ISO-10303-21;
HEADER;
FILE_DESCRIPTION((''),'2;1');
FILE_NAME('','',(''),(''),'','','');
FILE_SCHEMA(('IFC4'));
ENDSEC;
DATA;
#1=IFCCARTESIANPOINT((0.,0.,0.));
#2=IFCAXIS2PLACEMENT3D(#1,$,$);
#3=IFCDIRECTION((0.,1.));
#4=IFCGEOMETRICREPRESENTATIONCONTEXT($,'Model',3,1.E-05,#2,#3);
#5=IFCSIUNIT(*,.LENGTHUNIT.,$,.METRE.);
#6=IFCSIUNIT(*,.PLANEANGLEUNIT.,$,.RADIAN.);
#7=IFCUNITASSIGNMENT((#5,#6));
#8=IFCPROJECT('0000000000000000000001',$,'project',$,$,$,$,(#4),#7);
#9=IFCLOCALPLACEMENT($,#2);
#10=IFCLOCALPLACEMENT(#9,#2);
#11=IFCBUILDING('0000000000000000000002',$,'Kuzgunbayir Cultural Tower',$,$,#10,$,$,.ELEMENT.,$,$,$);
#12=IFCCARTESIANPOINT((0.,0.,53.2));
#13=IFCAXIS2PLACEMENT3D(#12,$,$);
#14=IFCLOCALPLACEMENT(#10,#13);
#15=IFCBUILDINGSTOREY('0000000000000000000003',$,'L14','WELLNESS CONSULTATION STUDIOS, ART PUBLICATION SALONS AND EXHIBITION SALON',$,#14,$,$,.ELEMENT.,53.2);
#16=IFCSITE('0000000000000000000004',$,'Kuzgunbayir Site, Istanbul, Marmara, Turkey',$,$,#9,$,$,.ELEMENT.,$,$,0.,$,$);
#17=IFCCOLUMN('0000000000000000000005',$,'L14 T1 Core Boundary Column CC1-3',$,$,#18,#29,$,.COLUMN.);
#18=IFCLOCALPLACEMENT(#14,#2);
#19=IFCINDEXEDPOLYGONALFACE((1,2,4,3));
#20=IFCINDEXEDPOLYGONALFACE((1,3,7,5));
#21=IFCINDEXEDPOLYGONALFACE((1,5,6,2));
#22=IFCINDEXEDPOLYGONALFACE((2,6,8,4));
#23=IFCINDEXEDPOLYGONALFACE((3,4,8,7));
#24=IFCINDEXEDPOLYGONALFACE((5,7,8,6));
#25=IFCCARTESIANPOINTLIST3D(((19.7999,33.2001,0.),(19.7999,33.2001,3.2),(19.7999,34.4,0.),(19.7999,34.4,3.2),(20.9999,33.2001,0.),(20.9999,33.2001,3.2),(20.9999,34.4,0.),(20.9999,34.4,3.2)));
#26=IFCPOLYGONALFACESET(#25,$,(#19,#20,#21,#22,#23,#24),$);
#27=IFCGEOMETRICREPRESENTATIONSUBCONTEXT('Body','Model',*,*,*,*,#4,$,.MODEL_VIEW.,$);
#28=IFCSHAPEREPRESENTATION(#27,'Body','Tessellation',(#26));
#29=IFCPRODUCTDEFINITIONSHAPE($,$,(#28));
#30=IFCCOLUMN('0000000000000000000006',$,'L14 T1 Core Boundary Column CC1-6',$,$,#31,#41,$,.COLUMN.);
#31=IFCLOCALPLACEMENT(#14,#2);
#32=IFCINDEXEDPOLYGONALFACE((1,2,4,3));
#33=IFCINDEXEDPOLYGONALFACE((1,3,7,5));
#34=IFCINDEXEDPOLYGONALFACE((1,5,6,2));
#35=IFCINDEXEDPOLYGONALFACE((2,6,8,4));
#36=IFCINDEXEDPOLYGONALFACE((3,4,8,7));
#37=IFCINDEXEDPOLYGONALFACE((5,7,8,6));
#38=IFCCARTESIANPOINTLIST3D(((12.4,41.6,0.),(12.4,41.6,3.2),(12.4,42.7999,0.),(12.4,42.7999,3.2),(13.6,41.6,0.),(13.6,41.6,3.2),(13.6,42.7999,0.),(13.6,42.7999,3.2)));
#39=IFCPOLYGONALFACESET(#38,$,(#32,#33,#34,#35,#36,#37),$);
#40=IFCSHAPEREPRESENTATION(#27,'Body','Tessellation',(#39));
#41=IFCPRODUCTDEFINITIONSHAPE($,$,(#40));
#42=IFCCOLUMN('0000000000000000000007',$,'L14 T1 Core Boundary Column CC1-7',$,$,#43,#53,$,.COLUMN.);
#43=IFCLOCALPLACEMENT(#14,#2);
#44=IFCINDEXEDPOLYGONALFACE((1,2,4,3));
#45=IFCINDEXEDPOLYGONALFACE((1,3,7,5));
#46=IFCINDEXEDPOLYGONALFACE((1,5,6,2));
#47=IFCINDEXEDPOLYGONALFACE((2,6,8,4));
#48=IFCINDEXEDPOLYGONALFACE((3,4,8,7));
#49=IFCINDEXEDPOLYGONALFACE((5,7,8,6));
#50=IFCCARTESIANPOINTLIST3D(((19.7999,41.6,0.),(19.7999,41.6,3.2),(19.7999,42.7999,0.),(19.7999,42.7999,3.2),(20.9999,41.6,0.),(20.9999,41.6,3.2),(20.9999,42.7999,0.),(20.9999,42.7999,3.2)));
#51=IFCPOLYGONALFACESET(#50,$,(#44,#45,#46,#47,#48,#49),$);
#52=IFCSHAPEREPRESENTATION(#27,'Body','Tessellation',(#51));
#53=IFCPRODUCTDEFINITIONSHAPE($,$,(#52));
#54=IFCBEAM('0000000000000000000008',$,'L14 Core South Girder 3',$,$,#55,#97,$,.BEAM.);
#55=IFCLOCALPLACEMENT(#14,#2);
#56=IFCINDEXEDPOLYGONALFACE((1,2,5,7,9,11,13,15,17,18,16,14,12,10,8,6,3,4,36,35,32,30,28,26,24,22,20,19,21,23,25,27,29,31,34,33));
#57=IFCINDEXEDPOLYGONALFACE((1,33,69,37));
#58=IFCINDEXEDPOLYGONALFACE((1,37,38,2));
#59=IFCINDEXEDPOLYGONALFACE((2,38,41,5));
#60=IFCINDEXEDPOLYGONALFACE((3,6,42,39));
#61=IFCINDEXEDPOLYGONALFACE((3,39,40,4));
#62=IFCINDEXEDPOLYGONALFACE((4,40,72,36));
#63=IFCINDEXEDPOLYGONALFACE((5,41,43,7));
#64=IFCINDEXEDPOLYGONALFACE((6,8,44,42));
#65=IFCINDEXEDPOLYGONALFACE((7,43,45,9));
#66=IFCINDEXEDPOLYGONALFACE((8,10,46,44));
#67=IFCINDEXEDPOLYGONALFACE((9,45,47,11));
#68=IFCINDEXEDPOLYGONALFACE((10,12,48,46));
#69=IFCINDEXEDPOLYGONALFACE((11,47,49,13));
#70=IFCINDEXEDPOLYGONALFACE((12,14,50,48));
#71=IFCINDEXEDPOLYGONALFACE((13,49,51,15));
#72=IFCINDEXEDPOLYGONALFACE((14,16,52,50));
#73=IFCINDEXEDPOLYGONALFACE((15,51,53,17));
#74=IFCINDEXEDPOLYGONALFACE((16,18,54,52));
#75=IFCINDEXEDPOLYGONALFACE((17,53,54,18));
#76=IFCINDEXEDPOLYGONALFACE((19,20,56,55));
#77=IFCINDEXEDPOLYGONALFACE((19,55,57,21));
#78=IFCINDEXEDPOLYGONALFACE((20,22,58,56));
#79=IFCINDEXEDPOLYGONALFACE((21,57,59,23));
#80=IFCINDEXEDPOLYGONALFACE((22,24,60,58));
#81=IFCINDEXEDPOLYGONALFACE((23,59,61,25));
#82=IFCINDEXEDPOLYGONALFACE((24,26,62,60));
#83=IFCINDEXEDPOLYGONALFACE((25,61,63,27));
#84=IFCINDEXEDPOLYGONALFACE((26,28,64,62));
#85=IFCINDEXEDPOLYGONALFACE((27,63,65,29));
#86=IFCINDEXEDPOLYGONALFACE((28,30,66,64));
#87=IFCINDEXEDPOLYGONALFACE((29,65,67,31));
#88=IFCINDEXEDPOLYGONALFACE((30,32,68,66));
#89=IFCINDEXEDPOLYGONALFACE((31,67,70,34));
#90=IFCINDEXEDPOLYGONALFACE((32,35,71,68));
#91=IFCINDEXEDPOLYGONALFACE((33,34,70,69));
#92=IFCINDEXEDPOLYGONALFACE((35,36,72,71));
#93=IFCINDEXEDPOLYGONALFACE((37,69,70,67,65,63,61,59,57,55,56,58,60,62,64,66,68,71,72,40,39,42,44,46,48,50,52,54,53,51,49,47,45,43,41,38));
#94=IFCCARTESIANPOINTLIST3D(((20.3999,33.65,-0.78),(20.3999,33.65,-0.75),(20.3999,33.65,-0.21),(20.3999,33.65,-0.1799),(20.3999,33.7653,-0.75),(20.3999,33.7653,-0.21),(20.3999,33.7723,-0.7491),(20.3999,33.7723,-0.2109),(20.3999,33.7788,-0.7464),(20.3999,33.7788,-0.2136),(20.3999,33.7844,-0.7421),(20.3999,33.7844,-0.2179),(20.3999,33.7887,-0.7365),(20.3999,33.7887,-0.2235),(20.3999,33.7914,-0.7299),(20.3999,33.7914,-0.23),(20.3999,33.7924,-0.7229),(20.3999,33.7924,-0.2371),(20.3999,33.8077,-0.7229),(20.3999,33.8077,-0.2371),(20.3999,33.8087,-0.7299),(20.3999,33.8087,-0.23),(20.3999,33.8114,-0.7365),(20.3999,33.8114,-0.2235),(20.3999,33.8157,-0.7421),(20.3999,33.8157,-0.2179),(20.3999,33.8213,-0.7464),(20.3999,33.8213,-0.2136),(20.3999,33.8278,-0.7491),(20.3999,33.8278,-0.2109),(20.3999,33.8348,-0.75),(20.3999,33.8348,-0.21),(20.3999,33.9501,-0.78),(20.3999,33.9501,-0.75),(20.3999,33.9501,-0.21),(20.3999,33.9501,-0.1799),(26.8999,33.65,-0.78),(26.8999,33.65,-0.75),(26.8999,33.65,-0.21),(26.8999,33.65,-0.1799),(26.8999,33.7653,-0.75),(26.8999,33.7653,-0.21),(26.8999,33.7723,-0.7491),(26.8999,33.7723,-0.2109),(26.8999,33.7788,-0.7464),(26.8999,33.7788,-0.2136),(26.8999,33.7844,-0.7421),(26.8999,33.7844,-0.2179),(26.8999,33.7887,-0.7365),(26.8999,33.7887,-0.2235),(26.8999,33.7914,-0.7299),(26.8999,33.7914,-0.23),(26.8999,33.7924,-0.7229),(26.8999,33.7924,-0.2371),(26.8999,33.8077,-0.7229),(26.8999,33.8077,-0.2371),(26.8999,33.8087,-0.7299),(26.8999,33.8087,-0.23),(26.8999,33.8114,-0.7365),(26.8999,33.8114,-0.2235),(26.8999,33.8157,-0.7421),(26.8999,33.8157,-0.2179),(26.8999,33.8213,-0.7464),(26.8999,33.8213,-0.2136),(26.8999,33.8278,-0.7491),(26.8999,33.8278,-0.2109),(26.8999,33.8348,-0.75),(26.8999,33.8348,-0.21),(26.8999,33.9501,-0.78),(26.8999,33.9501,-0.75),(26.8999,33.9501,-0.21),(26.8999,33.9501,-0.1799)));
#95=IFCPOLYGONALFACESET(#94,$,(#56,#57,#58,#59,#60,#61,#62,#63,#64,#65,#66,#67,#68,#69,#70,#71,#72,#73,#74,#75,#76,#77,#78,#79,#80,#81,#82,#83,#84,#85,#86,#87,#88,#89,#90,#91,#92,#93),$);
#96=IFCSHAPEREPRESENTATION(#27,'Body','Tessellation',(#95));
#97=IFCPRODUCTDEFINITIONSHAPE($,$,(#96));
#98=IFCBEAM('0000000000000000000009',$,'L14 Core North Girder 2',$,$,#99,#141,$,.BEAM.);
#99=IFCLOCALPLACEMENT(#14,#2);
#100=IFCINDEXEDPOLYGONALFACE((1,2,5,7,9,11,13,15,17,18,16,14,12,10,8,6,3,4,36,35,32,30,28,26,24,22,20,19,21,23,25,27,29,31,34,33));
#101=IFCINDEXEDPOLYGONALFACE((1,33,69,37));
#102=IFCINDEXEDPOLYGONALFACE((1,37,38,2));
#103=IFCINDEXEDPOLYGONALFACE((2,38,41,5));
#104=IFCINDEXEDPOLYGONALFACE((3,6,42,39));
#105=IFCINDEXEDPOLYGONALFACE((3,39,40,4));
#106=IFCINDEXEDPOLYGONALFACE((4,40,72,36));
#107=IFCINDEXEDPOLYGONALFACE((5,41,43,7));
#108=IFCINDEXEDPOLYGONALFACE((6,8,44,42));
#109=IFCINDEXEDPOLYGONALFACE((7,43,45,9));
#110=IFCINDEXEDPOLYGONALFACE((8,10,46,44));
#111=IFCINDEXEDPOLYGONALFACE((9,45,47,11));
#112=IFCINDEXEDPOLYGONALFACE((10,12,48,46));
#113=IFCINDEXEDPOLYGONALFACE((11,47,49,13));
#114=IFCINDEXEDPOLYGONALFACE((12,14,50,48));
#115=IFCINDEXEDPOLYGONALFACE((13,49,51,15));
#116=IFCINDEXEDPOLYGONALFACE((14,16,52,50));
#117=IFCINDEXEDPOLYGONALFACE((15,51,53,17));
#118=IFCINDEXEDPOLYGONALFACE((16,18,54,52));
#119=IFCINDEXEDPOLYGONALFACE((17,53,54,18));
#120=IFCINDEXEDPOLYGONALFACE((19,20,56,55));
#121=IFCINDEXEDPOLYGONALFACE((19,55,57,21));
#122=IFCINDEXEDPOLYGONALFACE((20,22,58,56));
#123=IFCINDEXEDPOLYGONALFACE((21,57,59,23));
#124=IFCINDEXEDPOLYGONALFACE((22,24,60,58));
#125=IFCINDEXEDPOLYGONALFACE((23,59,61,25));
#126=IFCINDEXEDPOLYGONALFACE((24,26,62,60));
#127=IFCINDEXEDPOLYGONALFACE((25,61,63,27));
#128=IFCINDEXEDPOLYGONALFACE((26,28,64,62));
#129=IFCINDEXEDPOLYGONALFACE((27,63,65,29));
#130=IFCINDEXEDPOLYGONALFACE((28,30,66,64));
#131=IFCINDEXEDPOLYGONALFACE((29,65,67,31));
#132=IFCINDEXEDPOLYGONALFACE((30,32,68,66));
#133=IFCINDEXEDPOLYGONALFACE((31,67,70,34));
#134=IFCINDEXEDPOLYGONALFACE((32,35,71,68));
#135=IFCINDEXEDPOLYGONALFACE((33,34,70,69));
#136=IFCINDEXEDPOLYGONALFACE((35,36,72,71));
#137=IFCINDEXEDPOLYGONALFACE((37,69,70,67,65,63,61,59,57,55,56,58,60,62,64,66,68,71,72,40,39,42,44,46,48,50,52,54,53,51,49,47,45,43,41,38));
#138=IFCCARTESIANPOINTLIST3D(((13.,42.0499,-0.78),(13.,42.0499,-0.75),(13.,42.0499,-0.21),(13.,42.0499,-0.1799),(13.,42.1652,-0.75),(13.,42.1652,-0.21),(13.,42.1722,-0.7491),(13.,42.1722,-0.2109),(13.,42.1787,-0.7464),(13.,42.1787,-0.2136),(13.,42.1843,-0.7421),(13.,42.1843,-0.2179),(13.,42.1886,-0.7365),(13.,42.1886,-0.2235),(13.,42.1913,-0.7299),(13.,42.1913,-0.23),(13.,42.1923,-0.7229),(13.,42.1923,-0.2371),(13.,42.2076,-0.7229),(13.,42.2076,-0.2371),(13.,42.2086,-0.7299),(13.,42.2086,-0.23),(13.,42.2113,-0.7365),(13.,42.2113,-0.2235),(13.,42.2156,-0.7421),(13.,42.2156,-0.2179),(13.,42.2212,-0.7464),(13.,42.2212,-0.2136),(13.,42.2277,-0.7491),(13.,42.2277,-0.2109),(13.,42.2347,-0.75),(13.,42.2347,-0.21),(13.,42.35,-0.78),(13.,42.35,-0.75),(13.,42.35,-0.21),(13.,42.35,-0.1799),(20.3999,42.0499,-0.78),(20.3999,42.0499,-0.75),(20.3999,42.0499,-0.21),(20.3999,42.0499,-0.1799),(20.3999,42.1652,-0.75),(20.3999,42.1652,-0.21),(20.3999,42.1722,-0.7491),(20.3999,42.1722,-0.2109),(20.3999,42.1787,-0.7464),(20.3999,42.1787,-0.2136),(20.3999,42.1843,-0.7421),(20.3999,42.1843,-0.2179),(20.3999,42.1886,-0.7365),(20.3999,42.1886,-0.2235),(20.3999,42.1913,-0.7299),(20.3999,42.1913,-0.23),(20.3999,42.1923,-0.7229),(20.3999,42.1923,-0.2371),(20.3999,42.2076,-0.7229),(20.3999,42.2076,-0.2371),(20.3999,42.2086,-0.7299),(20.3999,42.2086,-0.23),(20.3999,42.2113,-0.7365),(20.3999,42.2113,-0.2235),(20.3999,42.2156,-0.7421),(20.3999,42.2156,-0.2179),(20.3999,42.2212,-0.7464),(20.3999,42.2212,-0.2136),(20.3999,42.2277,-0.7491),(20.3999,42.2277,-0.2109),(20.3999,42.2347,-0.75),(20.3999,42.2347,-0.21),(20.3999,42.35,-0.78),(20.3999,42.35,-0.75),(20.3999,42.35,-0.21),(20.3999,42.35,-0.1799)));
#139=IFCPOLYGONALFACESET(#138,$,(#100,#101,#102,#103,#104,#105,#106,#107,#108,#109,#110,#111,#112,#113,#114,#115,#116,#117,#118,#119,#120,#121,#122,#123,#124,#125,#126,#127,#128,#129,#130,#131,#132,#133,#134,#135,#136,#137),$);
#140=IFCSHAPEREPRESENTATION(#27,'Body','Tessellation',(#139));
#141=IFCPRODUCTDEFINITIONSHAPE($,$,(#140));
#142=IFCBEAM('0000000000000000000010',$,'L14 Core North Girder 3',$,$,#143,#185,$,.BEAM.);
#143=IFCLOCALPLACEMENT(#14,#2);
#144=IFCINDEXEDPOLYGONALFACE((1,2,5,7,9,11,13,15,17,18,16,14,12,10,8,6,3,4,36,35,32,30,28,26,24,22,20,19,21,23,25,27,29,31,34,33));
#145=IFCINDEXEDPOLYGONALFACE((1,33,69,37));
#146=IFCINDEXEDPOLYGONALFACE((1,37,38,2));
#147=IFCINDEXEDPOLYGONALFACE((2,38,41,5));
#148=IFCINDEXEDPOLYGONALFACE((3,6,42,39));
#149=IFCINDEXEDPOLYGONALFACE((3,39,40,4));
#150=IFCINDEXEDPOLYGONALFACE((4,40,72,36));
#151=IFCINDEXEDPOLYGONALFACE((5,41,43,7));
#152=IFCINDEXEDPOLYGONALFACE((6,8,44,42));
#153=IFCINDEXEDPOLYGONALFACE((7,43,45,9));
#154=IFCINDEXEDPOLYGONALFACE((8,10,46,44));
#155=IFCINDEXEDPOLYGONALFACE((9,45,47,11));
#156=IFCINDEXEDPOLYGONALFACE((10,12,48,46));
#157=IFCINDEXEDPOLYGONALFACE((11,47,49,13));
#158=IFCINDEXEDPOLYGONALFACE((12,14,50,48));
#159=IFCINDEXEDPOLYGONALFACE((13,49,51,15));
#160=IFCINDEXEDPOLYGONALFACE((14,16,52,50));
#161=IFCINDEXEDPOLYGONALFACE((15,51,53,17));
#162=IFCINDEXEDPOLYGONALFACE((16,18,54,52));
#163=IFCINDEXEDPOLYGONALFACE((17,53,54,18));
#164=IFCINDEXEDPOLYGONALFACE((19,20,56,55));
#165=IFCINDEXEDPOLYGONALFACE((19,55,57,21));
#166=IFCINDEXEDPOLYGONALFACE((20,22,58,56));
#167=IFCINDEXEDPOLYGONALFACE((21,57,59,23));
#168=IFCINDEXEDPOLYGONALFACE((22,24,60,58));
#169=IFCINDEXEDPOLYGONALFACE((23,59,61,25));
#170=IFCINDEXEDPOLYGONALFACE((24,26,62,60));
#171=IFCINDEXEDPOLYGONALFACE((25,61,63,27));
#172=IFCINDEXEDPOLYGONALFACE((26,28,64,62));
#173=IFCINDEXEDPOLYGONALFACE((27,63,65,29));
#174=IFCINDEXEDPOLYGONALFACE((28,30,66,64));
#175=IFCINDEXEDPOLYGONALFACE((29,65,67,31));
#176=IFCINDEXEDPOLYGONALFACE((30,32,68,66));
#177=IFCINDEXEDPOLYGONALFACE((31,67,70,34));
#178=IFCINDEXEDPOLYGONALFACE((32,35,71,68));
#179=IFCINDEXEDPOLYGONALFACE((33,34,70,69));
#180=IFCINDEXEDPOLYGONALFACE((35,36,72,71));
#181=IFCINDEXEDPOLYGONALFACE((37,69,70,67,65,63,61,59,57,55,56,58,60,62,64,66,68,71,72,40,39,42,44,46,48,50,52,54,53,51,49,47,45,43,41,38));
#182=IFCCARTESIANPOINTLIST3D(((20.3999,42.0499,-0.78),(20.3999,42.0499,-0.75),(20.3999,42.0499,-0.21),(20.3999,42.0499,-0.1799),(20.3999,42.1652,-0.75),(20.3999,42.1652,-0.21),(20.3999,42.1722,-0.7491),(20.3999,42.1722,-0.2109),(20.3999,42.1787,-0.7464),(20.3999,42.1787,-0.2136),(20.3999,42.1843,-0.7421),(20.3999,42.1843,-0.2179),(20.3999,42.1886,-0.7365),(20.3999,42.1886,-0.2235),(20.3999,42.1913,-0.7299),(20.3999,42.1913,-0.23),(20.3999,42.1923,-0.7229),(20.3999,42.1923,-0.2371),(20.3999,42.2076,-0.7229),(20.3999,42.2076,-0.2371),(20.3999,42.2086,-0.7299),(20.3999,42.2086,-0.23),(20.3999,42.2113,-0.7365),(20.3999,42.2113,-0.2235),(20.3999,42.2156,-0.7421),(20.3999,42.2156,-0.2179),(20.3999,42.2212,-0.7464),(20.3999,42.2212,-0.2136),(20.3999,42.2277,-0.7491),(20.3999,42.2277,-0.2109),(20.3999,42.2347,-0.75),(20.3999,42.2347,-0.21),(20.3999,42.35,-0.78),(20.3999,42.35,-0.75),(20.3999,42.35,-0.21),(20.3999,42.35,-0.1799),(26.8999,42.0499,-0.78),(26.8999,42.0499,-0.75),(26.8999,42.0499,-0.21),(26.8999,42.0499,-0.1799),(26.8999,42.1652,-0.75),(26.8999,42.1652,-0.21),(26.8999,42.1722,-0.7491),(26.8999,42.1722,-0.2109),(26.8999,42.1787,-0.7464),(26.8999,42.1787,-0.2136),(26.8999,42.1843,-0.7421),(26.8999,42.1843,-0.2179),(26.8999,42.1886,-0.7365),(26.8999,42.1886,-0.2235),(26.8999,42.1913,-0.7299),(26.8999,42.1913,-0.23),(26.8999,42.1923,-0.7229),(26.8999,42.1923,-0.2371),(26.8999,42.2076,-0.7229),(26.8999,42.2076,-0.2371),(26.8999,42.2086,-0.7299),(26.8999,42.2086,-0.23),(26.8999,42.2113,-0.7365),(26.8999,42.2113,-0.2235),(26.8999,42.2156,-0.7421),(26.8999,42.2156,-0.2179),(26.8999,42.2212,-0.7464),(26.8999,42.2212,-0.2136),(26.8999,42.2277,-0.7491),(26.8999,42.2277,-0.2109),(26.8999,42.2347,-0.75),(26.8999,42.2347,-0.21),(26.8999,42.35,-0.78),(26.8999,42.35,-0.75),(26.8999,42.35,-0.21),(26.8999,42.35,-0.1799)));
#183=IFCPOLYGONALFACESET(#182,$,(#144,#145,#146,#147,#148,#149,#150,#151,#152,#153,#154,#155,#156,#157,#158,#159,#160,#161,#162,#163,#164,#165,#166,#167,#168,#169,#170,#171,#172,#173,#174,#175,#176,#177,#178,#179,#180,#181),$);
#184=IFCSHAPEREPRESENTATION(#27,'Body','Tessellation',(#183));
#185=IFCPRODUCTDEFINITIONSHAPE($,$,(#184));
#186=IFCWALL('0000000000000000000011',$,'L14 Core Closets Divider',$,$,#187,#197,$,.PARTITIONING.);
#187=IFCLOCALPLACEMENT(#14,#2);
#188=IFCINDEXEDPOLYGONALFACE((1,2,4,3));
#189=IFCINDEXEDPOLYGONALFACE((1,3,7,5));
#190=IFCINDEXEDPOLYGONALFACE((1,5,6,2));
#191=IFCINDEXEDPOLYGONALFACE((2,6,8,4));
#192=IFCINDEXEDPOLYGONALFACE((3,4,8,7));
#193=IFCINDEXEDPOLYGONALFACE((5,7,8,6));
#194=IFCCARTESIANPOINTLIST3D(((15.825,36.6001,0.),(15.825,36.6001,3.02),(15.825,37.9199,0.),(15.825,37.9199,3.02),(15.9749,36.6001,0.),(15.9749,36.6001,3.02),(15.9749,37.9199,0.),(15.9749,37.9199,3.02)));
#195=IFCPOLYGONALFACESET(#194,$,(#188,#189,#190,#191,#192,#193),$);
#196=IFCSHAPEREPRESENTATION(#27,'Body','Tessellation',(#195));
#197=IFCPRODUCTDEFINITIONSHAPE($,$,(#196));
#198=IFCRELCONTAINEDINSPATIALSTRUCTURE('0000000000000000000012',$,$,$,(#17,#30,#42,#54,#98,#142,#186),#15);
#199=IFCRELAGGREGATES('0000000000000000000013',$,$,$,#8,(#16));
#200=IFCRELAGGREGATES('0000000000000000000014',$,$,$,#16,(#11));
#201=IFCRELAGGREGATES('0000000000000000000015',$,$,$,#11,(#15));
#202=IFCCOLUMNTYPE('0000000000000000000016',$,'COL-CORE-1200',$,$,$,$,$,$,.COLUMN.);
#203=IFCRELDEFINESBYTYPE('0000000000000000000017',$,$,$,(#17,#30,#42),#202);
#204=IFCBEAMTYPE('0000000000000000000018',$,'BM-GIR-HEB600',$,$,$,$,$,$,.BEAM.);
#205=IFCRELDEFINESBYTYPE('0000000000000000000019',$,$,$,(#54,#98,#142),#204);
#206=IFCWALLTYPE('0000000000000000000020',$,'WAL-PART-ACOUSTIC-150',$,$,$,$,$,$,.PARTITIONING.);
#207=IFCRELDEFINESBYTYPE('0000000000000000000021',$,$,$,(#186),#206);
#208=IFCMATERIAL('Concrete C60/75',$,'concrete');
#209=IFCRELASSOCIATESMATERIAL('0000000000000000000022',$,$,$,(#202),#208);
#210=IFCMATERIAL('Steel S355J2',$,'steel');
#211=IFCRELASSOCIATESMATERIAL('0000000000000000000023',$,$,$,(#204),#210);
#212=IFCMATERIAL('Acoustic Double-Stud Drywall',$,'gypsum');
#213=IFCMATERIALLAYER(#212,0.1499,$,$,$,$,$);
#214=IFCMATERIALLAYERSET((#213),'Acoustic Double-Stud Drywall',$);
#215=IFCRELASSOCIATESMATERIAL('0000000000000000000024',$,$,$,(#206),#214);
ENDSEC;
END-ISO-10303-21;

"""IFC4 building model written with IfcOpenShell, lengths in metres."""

from ifc_helpers import new_model, si_unit, direction, frame, frame_2d, origin, origin_2d, place, context, subcontext, project, spatial, rectangle, i_section, extrude, material, layer, layer_set, material_profile, profile_set, type_object, element, save


model = new_model("IFC4")

# Units and contexts
model_context = context("Model", 3, precision=1e-05, world=origin(), true_north=direction((0.0, 1.0)))
body_context = subcontext(model_context, "Body", "Model", "MODEL_VIEW")
ifc_project = project(units=[si_unit("LENGTHUNIT", "METRE"), si_unit("PLANEANGLEUNIT", "RADIAN")], contexts=[model_context])

# Site, building, storey
site_placement = place(None, origin())
site = spatial("IfcSite", under=ifc_project, at=site_placement, Name="Kuzgunbayir Site, Istanbul, Marmara, Turkey", CompositionType="ELEMENT", RefElevation=0.0)
building_placement = place(site_placement, origin())
building = spatial("IfcBuilding", under=site, at=building_placement, Name="Kuzgunbayir Cultural Tower", CompositionType="ELEMENT")
storey_placement = place(building_placement, frame((0.0, 0.0, 53.2)))
storey = spatial("IfcBuildingStorey", under=building, at=storey_placement, Name="L14", Description="WELLNESS CONSULTATION STUDIOS, ART PUBLICATION SALONS AND EXHIBITION SALON", CompositionType="ELEMENT", Elevation=53.2)

# Columns
ifc_material_1 = material(Name="Concrete C60/75", Category="concrete")
ifc_material_profile_1 = material_profile(ifc_material_1, rectangle(XDim=1.2, YDim=1.2, at=origin_2d()), Name="RC 1200x1200")
ifc_profile_set_1 = profile_set([ifc_material_profile_1], Name="Concrete C60/75")
column_type = type_object("IfcColumnType", Name="COL-CORE-1200", PredefinedType="COLUMN", material=ifc_profile_set_1)
for number, where, z_axis, x_axis, name in (
    (1, (20.3999, 33.8, 0.0), (0.0, 0.0, 1.0), (1.0, 0.0, 0.0), "L14 T1 Core Boundary Column CC1-3"),
    (2, (13.0, 42.2, 0.0), (0.0, 0.0, 1.0), (1.0, 0.0, 0.0), "L14 T1 Core Boundary Column CC1-6"),
    (3, (20.3999, 42.2, 0.0), (0.0, 0.0, 1.0), (1.0, 0.0, 0.0), "L14 T1 Core Boundary Column CC1-7"),
):
    element("IfcColumn", number, at=place(storey_placement, frame(where, z_axis=z_axis, x_axis=x_axis)), inside=storey, type_object=column_type, Name=name, PredefinedType="COLUMN", context=body_context, shape_type="SweptSolid", body=[
        extrude(rectangle(XDim=1.2, YDim=1.2, at=origin_2d()), origin(), (0.0, 0.0, 1.0), 3.2),
    ])

# Beams
ifc_material_2 = material(Name="Steel S355J2", Category="steel")
ifc_material_profile_2 = material_profile(ifc_material_2, i_section(OverallWidth=0.3, OverallDepth=0.6001, WebThickness=0.0154, FlangeThickness=0.03, FilletRadius=0.0271, at=origin_2d()), Name="HEB 600")
ifc_profile_set_2 = profile_set([ifc_material_profile_2], Name="Steel S355J2")
beam_type = type_object("IfcBeamType", Name="BM-GIR-HEB600", PredefinedType="BEAM", material=ifc_profile_set_2)
beam_1_placement = place(storey_placement, frame((20.3999, 33.8, -0.48), z_axis=(1.0, 0.0, 0.0), x_axis=(0.0, 1.0, 0.0)))
element("IfcBeam", 4, at=beam_1_placement, inside=storey, type_object=beam_type, Name="L14 Core South Girder 3", PredefinedType="BEAM", context=body_context, shape_type="SweptSolid", body=[
    extrude(i_section(OverallWidth=0.3, OverallDepth=0.6001, WebThickness=0.0154, FlangeThickness=0.03, FilletRadius=0.0271, at=origin_2d()), origin(), (0.0, 0.0, 1.0), 6.5),
])
beam_2_placement = place(storey_placement, frame((13.0, 42.2, -0.48), z_axis=(1.0, 0.0, 0.0), x_axis=(0.0, 1.0, 0.0)))
element("IfcBeam", 5, at=beam_2_placement, inside=storey, type_object=beam_type, Name="L14 Core North Girder 2", PredefinedType="BEAM", context=body_context, shape_type="SweptSolid", body=[
    extrude(i_section(OverallWidth=0.3, OverallDepth=0.6001, WebThickness=0.0154, FlangeThickness=0.03, FilletRadius=0.0271, at=origin_2d()), origin(), (0.0, 0.0, 1.0), 7.3999),
])
beam_3_placement = place(storey_placement, frame((20.3999, 42.2, -0.48), z_axis=(1.0, 0.0, 0.0), x_axis=(0.0, 1.0, 0.0)))
element("IfcBeam", 6, at=beam_3_placement, inside=storey, type_object=beam_type, Name="L14 Core North Girder 3", PredefinedType="BEAM", context=body_context, shape_type="SweptSolid", body=[
    extrude(i_section(OverallWidth=0.3, OverallDepth=0.6001, WebThickness=0.0154, FlangeThickness=0.03, FilletRadius=0.0271, at=origin_2d()), origin(), (0.0, 0.0, 1.0), 6.5),
])

# Wall
ifc_material_3 = material(Name="Acoustic Double-Stud Drywall", Category="gypsum")
ifc_layer_1 = layer(ifc_material_3, 0.1499)
ifc_layer_set_1 = layer_set([ifc_layer_1], Name="Acoustic Double-Stud Drywall")
wall_type_1 = type_object("IfcWallType", Name="WAL-PART-ACOUSTIC-150", PredefinedType="PARTITIONING", material=ifc_layer_set_1)
wall_1_placement = place(storey_placement, frame((15.8999, 36.6001, 0.0), z_axis=(0.0, 0.0, 1.0), x_axis=(0.0, 1.0, 0.0)))
element("IfcWall", 7, at=wall_1_placement, inside=storey, type_object=wall_type_1, Name="L14 Core Closets Divider", PredefinedType="PARTITIONING", context=body_context, shape_type="SweptSolid", body=[
    extrude(rectangle(XDim=1.3198, YDim=0.1499, at=frame_2d((0.6599, 0.0))), origin(), (0.0, 0.0, 1.0), 3.02),
])

save(model, "model.ifc")
